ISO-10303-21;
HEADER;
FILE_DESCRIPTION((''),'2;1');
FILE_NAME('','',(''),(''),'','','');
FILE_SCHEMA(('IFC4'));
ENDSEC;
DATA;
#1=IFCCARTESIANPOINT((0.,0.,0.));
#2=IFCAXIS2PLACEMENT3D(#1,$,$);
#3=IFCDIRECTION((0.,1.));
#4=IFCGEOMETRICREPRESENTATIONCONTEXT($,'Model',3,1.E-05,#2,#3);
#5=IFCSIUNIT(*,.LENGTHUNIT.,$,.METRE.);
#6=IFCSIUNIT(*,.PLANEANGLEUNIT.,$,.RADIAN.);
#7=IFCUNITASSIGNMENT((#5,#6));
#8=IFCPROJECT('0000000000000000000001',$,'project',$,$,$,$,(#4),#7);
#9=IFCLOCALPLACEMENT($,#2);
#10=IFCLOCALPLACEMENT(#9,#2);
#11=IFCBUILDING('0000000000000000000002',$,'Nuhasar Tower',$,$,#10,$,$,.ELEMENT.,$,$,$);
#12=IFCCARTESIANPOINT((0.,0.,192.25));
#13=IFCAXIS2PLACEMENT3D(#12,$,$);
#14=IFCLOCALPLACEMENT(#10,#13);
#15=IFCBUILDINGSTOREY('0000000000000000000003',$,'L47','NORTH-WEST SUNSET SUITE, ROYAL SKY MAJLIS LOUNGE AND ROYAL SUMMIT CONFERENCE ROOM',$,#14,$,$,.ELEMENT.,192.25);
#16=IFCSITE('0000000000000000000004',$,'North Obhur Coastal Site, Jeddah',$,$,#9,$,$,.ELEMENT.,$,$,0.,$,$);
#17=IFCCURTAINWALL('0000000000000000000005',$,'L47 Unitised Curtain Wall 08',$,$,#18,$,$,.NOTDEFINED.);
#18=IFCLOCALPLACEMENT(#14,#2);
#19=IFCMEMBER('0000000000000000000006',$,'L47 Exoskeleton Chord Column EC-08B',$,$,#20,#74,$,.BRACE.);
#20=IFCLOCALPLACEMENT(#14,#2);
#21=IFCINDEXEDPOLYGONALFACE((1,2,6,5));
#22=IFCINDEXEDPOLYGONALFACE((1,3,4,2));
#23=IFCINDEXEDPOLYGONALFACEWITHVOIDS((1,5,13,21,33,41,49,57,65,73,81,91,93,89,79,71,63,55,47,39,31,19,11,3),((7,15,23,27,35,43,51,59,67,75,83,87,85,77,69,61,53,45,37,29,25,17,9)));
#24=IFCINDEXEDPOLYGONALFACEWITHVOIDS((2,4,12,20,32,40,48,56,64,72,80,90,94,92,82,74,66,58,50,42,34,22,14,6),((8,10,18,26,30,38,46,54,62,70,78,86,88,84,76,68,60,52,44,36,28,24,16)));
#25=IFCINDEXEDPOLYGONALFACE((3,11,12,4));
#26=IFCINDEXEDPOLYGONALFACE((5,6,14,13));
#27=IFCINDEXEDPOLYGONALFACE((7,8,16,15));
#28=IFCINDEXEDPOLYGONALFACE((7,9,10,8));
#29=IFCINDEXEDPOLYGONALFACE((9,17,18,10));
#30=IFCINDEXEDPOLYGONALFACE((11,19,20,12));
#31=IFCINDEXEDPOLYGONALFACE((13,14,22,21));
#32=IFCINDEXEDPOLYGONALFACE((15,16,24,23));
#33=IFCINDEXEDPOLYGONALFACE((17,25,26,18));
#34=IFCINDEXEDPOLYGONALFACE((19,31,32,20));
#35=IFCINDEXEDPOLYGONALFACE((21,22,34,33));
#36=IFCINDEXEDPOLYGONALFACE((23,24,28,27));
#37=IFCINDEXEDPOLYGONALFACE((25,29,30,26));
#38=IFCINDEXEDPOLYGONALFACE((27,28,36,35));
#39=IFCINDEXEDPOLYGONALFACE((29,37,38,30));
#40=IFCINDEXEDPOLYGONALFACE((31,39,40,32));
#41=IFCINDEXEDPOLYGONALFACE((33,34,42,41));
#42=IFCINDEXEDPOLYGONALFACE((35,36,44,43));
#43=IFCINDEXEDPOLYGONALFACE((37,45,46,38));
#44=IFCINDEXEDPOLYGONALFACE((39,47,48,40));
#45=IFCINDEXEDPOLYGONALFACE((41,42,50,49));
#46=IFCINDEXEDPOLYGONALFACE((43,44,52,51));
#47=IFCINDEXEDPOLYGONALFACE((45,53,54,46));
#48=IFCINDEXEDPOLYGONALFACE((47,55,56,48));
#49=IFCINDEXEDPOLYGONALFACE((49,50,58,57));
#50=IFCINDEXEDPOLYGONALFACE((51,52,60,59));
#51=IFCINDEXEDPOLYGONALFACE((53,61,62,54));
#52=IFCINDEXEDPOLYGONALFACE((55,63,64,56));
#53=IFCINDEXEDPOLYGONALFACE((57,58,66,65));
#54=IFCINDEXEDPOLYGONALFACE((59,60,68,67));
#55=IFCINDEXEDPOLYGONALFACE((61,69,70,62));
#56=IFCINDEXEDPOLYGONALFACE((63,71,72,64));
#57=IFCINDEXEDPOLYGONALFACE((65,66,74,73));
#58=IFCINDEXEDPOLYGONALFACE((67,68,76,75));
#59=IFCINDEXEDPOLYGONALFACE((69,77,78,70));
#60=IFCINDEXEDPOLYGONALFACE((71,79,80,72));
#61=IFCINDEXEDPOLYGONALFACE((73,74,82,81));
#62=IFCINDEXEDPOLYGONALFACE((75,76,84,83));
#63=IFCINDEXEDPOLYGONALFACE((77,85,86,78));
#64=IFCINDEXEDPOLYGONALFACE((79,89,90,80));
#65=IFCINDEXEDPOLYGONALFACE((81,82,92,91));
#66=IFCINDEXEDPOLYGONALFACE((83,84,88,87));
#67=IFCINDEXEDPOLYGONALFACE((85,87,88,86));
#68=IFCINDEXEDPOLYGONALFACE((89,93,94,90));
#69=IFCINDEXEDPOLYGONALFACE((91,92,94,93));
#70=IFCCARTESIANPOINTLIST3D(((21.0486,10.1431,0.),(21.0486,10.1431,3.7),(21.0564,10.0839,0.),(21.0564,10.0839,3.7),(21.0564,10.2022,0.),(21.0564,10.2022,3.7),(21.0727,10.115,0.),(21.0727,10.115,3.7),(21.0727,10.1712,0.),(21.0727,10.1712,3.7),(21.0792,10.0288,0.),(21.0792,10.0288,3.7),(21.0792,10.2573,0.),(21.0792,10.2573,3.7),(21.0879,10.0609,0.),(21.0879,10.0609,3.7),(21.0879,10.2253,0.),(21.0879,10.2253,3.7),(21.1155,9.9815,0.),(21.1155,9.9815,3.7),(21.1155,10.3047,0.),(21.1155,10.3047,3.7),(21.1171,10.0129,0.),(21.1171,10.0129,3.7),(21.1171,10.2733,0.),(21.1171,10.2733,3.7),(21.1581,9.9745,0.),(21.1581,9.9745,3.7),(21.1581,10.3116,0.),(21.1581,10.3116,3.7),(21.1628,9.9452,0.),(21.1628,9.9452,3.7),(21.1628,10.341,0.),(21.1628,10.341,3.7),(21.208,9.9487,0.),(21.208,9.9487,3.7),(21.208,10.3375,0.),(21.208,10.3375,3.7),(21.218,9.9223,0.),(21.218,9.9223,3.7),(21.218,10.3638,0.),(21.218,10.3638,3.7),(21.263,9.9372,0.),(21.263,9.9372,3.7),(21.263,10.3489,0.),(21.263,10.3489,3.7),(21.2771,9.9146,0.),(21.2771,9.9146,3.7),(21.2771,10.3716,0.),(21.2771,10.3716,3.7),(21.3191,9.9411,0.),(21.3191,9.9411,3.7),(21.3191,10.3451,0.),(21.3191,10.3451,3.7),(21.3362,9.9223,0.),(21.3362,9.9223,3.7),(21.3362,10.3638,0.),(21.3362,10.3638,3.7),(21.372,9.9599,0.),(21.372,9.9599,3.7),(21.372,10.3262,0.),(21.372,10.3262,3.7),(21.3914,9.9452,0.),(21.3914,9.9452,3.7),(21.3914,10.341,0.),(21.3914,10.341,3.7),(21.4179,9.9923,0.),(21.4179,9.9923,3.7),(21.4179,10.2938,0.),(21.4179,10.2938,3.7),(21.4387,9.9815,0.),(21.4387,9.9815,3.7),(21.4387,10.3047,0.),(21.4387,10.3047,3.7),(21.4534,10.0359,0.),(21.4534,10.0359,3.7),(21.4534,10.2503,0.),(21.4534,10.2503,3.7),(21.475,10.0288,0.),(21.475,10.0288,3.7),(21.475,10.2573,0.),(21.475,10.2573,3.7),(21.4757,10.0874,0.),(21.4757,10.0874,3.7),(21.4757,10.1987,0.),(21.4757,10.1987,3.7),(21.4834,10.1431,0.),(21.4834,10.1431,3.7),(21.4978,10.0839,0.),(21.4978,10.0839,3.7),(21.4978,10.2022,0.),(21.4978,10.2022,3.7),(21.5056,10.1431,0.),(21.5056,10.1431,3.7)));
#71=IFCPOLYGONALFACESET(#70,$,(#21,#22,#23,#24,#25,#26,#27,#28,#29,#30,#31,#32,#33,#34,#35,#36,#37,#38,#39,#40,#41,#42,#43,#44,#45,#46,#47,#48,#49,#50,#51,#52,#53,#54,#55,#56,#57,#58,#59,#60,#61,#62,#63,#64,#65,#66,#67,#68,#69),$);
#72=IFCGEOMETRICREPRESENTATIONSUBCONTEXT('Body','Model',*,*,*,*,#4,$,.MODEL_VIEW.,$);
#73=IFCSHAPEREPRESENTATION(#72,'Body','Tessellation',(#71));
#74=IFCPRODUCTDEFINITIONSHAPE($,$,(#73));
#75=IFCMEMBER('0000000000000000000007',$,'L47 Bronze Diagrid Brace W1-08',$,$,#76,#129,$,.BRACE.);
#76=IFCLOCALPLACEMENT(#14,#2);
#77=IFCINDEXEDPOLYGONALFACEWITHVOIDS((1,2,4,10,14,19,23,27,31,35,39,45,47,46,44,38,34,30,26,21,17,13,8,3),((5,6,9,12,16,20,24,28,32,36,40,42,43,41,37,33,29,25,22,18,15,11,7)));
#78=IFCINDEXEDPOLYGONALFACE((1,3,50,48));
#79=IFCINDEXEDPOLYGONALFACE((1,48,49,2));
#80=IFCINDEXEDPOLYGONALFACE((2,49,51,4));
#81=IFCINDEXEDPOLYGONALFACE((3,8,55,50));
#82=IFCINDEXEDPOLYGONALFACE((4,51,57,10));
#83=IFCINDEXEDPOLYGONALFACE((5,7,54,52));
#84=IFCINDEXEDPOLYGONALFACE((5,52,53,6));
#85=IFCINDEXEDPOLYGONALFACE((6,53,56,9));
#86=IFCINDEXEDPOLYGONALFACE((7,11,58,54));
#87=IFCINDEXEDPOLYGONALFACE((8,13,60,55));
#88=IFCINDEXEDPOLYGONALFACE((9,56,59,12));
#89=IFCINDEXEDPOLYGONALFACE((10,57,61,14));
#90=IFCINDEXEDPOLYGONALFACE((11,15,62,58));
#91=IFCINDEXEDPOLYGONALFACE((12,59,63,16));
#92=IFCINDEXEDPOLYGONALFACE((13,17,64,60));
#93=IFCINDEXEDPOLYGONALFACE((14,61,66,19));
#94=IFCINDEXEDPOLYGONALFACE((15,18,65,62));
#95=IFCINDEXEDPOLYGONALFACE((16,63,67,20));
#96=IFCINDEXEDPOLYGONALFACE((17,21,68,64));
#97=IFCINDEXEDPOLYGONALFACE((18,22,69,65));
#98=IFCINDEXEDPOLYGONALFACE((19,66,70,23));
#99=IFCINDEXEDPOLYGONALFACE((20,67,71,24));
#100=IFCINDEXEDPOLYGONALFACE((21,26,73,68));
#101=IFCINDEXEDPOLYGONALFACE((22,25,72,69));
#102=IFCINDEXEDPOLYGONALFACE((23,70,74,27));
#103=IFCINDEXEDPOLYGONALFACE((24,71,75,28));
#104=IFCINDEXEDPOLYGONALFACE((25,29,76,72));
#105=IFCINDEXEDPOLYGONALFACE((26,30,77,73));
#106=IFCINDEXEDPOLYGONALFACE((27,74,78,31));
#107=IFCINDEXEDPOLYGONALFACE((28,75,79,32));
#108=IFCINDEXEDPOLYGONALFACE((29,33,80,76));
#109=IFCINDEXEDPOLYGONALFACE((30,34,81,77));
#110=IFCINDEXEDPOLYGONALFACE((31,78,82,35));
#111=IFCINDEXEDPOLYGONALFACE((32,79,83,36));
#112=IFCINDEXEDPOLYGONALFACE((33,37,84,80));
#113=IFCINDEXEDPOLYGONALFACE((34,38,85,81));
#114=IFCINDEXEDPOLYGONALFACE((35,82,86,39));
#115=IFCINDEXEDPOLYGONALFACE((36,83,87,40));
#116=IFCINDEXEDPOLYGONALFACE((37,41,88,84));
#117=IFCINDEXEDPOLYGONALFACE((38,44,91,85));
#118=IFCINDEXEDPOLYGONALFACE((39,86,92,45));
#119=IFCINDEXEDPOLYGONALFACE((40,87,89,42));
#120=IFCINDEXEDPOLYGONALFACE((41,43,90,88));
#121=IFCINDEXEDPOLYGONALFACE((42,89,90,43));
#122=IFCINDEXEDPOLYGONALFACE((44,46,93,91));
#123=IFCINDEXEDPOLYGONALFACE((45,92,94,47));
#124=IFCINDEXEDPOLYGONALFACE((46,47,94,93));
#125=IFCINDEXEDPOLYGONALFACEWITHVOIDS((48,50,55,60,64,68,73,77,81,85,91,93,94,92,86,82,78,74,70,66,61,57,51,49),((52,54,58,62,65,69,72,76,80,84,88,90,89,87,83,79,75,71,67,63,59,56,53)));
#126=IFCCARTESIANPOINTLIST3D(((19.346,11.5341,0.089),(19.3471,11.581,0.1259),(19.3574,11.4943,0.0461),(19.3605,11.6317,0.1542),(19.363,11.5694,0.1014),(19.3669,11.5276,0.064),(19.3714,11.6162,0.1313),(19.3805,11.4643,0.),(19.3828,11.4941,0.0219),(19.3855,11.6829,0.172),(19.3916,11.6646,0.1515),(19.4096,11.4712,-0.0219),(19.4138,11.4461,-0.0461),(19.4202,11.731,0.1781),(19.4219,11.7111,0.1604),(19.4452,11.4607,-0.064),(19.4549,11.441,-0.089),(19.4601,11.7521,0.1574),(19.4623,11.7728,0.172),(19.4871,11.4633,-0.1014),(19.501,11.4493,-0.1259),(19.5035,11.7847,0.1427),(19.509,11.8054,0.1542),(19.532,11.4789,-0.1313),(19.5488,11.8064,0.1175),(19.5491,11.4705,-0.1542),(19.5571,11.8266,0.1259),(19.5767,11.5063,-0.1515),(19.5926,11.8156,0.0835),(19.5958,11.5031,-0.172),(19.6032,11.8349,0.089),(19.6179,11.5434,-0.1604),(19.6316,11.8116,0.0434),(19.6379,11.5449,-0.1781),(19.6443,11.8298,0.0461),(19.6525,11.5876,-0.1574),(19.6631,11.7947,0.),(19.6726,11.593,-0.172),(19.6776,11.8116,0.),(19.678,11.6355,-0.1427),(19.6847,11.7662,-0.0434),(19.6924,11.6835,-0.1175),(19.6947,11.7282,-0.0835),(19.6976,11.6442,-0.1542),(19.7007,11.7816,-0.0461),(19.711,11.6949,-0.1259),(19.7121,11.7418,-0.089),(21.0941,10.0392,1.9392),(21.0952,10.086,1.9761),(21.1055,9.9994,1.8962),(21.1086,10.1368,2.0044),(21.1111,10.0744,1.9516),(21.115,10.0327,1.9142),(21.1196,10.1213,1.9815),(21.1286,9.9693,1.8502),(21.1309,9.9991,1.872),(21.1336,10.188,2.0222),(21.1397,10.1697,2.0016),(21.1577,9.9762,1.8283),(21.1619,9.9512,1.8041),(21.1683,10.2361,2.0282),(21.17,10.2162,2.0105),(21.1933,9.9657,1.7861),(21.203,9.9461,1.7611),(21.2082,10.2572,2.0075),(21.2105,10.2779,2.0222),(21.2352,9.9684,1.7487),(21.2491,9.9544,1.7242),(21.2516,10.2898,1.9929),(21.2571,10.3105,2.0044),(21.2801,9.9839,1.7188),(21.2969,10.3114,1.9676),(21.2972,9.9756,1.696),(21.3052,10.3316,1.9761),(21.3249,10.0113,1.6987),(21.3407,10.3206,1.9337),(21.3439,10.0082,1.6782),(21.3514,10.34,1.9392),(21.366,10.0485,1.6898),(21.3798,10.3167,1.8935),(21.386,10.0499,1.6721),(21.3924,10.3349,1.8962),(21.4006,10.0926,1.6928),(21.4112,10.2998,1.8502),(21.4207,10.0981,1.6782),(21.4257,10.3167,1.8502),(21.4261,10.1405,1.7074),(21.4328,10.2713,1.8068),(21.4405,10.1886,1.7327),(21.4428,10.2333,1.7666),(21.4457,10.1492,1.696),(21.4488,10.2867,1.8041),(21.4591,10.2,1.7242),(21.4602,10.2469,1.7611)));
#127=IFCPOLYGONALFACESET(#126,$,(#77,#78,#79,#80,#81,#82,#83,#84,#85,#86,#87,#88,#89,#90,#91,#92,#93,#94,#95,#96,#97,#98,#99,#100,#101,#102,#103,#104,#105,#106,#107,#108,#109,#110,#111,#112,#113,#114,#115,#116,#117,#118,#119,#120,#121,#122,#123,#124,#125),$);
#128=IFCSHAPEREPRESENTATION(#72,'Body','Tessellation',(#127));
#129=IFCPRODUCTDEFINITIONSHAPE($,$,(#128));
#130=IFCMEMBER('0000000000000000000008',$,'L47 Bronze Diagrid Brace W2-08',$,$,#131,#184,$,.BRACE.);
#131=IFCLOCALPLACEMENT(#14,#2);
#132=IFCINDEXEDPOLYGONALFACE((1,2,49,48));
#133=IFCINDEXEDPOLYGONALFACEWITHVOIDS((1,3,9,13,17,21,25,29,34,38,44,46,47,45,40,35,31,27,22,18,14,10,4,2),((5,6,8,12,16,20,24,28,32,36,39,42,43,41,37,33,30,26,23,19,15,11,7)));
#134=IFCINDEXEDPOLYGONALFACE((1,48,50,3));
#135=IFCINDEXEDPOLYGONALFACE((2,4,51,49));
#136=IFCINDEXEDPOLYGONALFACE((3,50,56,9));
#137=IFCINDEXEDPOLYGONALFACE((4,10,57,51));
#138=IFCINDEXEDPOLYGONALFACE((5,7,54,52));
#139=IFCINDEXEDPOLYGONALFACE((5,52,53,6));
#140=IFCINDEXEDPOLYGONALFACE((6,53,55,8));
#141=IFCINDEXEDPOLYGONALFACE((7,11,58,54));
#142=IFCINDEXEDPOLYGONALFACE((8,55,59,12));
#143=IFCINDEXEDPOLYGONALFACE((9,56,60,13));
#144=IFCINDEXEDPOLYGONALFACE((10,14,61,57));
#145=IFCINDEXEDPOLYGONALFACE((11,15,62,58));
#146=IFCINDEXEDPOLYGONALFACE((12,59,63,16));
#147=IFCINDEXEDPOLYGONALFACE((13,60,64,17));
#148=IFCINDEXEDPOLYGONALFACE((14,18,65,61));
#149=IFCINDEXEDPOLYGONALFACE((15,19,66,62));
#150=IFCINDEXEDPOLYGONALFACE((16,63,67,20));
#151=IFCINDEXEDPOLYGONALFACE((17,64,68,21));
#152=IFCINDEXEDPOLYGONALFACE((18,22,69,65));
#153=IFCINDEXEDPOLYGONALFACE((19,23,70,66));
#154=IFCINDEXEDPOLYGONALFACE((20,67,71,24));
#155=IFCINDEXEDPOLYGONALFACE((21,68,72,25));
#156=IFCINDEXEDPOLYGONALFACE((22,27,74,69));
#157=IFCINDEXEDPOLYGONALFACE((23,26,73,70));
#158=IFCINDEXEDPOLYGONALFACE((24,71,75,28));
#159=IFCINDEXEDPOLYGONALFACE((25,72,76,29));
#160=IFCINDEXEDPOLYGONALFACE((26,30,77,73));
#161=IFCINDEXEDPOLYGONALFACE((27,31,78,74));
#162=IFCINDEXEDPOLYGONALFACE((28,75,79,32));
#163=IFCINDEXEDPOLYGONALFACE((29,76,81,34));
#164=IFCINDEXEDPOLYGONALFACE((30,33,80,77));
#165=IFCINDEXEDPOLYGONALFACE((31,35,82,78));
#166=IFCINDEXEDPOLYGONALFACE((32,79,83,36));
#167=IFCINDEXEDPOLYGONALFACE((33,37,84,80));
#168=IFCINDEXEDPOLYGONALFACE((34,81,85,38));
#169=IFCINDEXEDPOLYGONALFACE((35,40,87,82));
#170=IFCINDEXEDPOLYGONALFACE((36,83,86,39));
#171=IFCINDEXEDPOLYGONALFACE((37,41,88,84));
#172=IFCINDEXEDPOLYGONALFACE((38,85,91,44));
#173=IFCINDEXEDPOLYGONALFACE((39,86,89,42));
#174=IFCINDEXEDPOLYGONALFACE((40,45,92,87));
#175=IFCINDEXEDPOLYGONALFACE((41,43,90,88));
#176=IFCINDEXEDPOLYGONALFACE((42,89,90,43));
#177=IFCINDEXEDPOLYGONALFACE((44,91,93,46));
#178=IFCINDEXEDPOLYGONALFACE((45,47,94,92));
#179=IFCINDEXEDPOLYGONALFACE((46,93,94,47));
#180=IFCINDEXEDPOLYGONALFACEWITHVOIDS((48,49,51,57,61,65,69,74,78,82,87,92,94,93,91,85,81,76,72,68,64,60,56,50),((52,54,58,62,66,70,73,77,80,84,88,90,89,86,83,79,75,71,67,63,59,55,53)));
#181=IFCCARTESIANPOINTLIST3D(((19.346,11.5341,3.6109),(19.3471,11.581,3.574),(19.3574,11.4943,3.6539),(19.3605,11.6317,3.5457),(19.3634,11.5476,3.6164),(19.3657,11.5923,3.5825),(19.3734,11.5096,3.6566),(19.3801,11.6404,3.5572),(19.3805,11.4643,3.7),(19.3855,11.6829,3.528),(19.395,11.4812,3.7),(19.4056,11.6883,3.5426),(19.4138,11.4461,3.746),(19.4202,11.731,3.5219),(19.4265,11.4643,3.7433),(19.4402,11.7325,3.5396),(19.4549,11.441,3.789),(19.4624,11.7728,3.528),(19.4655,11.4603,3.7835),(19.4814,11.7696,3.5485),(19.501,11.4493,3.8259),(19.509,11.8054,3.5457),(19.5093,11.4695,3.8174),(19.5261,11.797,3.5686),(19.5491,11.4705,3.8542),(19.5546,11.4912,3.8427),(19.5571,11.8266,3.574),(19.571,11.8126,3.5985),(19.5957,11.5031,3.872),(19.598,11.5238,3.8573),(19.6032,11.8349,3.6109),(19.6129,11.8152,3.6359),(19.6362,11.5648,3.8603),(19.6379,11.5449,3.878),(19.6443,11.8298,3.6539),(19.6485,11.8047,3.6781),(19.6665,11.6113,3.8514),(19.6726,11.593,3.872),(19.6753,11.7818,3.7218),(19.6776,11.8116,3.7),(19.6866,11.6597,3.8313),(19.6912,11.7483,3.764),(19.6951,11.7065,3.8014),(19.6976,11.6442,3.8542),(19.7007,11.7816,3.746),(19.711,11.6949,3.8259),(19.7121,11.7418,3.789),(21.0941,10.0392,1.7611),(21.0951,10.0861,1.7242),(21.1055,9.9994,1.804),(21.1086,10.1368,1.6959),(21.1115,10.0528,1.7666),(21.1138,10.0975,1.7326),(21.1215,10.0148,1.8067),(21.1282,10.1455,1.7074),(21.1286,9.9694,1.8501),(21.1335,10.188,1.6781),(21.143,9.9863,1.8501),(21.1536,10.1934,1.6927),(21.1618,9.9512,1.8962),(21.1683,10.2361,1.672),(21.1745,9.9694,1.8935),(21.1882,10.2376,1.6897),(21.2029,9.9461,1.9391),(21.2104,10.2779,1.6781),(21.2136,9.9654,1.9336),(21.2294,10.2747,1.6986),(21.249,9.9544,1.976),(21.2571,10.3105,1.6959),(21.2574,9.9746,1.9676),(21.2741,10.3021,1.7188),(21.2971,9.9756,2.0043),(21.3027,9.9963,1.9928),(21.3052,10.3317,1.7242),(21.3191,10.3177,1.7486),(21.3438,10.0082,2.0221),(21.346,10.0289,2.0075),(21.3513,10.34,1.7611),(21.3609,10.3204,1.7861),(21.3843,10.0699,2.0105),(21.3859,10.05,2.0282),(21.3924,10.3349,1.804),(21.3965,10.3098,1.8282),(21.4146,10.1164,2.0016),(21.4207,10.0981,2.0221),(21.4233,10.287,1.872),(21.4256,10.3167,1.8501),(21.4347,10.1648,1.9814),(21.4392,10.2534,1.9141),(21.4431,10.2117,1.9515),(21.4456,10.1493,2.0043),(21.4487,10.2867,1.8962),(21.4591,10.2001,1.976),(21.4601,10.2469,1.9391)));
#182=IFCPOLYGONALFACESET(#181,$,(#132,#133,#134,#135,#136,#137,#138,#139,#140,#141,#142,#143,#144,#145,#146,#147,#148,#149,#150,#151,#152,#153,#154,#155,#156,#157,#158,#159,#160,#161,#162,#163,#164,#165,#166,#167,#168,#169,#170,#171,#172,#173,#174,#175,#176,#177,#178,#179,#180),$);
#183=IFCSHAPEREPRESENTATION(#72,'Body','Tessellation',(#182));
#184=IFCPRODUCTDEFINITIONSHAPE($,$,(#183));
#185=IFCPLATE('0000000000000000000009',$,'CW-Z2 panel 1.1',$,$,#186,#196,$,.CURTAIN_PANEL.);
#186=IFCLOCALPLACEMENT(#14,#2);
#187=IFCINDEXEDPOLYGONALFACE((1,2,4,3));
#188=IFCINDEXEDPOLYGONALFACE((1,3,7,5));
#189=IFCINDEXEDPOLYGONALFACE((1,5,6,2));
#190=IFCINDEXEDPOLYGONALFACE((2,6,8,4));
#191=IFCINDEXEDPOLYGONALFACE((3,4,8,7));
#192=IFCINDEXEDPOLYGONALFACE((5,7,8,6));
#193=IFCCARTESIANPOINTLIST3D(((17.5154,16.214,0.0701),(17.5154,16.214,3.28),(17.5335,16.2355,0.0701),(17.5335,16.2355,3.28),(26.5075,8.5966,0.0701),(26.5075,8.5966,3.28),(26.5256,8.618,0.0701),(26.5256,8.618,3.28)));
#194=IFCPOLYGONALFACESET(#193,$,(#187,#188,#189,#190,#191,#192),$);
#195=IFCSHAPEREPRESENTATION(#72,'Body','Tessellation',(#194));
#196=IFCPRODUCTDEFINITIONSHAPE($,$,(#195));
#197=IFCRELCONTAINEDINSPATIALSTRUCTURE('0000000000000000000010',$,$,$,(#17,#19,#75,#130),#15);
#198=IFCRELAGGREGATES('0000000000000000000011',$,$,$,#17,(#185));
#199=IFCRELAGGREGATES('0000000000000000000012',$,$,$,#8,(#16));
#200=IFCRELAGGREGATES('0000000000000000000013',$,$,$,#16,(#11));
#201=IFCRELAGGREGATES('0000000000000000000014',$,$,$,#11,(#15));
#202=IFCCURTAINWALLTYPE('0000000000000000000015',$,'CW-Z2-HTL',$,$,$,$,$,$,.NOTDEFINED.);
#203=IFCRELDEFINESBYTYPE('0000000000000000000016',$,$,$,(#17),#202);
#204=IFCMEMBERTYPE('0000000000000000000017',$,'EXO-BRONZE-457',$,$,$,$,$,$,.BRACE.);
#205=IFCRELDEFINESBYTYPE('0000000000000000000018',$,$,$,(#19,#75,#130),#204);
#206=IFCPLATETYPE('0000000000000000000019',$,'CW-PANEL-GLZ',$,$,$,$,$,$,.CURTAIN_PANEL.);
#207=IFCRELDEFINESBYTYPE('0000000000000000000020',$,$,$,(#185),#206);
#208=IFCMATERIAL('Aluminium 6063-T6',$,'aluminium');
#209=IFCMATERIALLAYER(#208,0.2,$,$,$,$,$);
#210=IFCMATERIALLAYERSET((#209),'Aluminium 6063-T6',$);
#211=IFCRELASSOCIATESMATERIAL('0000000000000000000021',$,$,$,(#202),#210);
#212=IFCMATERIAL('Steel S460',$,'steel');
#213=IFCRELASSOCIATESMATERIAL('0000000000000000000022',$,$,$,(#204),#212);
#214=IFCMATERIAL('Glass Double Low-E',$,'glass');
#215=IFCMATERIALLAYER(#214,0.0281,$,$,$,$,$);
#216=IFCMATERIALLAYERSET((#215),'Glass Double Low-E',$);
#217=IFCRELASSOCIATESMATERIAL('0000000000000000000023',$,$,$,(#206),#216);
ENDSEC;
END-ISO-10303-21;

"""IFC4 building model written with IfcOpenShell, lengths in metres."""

from ifc_helpers import new_model, si_unit, direction, frame, origin, origin_2d, place, context, subcontext, project, spatial, rectangle, hollow_circle, extrude, material, layer, layer_set, material_profile, profile_set, type_object, element, aggregate, save


model = new_model("IFC4")

# Units and contexts
model_context = context("Model", 3, precision=1e-05, world=origin(), true_north=direction((0.0, 1.0)))
body_context = subcontext(model_context, "Body", "Model", "MODEL_VIEW")
ifc_project = project(units=[si_unit("LENGTHUNIT", "METRE"), si_unit("PLANEANGLEUNIT", "RADIAN")], contexts=[model_context])

# Site, building, storey
site_placement = place(None, origin())
site = spatial("IfcSite", under=ifc_project, at=site_placement, Name="North Obhur Coastal Site, Jeddah", CompositionType="ELEMENT", RefElevation=0.0)
building_placement = place(site_placement, origin())
building = spatial("IfcBuilding", under=site, at=building_placement, Name="Nuhasar Tower", CompositionType="ELEMENT")
storey_placement = place(building_placement, frame((0.0, 0.0, 192.25)))
storey = spatial("IfcBuildingStorey", under=building, at=storey_placement, Name="L47", Description="NORTH-WEST SUNSET SUITE, ROYAL SKY MAJLIS LOUNGE AND ROYAL SUMMIT CONFERENCE ROOM", CompositionType="ELEMENT", Elevation=192.25)

# Curtain wall
ifc_material_1 = material(Name="Aluminium 6063-T6", Category="aluminium")
ifc_layer_1 = layer(ifc_material_1, 0.2)
ifc_layer_set_1 = layer_set([ifc_layer_1], Name="Aluminium 6063-T6")
curtain_wall_type = type_object("IfcCurtainWallType", Name="CW-Z2-HTL", PredefinedType="NOTDEFINED", material=ifc_layer_set_1)
curtain_wall_1_placement = place(storey_placement, origin())
curtain_wall_1 = element("IfcCurtainWall", 1, at=curtain_wall_1_placement, inside=storey, type_object=curtain_wall_type, Name="L47 Unitised Curtain Wall 08", PredefinedType="NOTDEFINED")

# Members
ifc_material_2 = material(Name="Steel S460", Category="steel")
ifc_material_profile_1 = material_profile(ifc_material_2, hollow_circle(Radius=0.2285, WallThickness=0.0222, at=origin_2d()), Name="HSS457X22.2")
ifc_profile_set_1 = profile_set([ifc_material_profile_1], Name="Steel S460")
member_type_1 = type_object("IfcMemberType", Name="EXO-BRONZE-457", PredefinedType="BRACE", material=ifc_profile_set_1)
for number, where, z_axis, x_axis, name in (
    (2, (21.2771, 10.1431, 0.0), (0.0, 0.0, 1.0), (1.0, 0.0, 0.0), "L47 Exoskeleton Chord Column EC-08B"),
):
    element("IfcMember", number, at=place(storey_placement, frame(where, z_axis=z_axis, x_axis=x_axis)), inside=storey, type_object=member_type_1, Name=name, PredefinedType="BRACE", context=body_context, shape_type="SweptSolid", body=[
        extrude(hollow_circle(Radius=0.2285, WallThickness=0.0222, at=origin_2d()), origin(), (0.0, 0.0, 1.0), 3.7),
    ])
member_1_placement = place(storey_placement, frame((19.5291, 11.6379, 0.0), z_axis=(0.592195, -0.506426, 0.626767), x_axis=(0.649926, 0.759998, 0.0)))
element("IfcMember", 3, at=member_1_placement, inside=storey, type_object=member_type_1, Name="L47 Bronze Diagrid Brace W1-08", PredefinedType="BRACE", context=body_context, shape_type="SweptSolid", body=[
    extrude(hollow_circle(Radius=0.2285, WallThickness=0.0222, at=origin_2d()), origin(), (0.0, 0.0, 1.0), 2.9519),
])
member_2_placement = place(storey_placement, frame((21.2771, 10.1431, 1.8501), z_axis=(-0.592226, 0.506452, 0.626717), x_axis=(-0.649926, -0.759998, 0.0)))
element("IfcMember", 4, at=member_2_placement, inside=storey, type_object=member_type_1, Name="L47 Bronze Diagrid Brace W2-08", PredefinedType="BRACE", context=body_context, shape_type="SweptSolid", body=[
    extrude(hollow_circle(Radius=0.2285, WallThickness=0.0222, at=origin_2d()), origin(), (0.0, 0.0, 1.0), 2.9517),
])

# Plate
ifc_material_3 = material(Name="Glass Double Low-E", Category="glass")
ifc_layer_2 = layer(ifc_material_3, 0.0281)
ifc_layer_set_2 = layer_set([ifc_layer_2], Name="Glass Double Low-E")
plate_type = type_object("IfcPlateType", Name="CW-PANEL-GLZ", PredefinedType="CURTAIN_PANEL", material=ifc_layer_set_2)
plate_placement = place(storey_placement, frame((22.0205, 12.416, 0.0701), z_axis=(0.0, 0.0, 1.0), x_axis=(0.76302, -0.646374, 0.0)))
plate = element("IfcPlate", 5, at=plate_placement, type_object=plate_type, Name="CW-Z2 panel 1.1", PredefinedType="CURTAIN_PANEL", context=body_context, shape_type="SweptSolid", body=[
    extrude(rectangle(XDim=11.7849, YDim=0.0281, at=origin_2d()), origin(), (0.0, 0.0, 1.0), 3.21),
])
aggregate(curtain_wall_1, [plate])

save(model, "model.ifc")
